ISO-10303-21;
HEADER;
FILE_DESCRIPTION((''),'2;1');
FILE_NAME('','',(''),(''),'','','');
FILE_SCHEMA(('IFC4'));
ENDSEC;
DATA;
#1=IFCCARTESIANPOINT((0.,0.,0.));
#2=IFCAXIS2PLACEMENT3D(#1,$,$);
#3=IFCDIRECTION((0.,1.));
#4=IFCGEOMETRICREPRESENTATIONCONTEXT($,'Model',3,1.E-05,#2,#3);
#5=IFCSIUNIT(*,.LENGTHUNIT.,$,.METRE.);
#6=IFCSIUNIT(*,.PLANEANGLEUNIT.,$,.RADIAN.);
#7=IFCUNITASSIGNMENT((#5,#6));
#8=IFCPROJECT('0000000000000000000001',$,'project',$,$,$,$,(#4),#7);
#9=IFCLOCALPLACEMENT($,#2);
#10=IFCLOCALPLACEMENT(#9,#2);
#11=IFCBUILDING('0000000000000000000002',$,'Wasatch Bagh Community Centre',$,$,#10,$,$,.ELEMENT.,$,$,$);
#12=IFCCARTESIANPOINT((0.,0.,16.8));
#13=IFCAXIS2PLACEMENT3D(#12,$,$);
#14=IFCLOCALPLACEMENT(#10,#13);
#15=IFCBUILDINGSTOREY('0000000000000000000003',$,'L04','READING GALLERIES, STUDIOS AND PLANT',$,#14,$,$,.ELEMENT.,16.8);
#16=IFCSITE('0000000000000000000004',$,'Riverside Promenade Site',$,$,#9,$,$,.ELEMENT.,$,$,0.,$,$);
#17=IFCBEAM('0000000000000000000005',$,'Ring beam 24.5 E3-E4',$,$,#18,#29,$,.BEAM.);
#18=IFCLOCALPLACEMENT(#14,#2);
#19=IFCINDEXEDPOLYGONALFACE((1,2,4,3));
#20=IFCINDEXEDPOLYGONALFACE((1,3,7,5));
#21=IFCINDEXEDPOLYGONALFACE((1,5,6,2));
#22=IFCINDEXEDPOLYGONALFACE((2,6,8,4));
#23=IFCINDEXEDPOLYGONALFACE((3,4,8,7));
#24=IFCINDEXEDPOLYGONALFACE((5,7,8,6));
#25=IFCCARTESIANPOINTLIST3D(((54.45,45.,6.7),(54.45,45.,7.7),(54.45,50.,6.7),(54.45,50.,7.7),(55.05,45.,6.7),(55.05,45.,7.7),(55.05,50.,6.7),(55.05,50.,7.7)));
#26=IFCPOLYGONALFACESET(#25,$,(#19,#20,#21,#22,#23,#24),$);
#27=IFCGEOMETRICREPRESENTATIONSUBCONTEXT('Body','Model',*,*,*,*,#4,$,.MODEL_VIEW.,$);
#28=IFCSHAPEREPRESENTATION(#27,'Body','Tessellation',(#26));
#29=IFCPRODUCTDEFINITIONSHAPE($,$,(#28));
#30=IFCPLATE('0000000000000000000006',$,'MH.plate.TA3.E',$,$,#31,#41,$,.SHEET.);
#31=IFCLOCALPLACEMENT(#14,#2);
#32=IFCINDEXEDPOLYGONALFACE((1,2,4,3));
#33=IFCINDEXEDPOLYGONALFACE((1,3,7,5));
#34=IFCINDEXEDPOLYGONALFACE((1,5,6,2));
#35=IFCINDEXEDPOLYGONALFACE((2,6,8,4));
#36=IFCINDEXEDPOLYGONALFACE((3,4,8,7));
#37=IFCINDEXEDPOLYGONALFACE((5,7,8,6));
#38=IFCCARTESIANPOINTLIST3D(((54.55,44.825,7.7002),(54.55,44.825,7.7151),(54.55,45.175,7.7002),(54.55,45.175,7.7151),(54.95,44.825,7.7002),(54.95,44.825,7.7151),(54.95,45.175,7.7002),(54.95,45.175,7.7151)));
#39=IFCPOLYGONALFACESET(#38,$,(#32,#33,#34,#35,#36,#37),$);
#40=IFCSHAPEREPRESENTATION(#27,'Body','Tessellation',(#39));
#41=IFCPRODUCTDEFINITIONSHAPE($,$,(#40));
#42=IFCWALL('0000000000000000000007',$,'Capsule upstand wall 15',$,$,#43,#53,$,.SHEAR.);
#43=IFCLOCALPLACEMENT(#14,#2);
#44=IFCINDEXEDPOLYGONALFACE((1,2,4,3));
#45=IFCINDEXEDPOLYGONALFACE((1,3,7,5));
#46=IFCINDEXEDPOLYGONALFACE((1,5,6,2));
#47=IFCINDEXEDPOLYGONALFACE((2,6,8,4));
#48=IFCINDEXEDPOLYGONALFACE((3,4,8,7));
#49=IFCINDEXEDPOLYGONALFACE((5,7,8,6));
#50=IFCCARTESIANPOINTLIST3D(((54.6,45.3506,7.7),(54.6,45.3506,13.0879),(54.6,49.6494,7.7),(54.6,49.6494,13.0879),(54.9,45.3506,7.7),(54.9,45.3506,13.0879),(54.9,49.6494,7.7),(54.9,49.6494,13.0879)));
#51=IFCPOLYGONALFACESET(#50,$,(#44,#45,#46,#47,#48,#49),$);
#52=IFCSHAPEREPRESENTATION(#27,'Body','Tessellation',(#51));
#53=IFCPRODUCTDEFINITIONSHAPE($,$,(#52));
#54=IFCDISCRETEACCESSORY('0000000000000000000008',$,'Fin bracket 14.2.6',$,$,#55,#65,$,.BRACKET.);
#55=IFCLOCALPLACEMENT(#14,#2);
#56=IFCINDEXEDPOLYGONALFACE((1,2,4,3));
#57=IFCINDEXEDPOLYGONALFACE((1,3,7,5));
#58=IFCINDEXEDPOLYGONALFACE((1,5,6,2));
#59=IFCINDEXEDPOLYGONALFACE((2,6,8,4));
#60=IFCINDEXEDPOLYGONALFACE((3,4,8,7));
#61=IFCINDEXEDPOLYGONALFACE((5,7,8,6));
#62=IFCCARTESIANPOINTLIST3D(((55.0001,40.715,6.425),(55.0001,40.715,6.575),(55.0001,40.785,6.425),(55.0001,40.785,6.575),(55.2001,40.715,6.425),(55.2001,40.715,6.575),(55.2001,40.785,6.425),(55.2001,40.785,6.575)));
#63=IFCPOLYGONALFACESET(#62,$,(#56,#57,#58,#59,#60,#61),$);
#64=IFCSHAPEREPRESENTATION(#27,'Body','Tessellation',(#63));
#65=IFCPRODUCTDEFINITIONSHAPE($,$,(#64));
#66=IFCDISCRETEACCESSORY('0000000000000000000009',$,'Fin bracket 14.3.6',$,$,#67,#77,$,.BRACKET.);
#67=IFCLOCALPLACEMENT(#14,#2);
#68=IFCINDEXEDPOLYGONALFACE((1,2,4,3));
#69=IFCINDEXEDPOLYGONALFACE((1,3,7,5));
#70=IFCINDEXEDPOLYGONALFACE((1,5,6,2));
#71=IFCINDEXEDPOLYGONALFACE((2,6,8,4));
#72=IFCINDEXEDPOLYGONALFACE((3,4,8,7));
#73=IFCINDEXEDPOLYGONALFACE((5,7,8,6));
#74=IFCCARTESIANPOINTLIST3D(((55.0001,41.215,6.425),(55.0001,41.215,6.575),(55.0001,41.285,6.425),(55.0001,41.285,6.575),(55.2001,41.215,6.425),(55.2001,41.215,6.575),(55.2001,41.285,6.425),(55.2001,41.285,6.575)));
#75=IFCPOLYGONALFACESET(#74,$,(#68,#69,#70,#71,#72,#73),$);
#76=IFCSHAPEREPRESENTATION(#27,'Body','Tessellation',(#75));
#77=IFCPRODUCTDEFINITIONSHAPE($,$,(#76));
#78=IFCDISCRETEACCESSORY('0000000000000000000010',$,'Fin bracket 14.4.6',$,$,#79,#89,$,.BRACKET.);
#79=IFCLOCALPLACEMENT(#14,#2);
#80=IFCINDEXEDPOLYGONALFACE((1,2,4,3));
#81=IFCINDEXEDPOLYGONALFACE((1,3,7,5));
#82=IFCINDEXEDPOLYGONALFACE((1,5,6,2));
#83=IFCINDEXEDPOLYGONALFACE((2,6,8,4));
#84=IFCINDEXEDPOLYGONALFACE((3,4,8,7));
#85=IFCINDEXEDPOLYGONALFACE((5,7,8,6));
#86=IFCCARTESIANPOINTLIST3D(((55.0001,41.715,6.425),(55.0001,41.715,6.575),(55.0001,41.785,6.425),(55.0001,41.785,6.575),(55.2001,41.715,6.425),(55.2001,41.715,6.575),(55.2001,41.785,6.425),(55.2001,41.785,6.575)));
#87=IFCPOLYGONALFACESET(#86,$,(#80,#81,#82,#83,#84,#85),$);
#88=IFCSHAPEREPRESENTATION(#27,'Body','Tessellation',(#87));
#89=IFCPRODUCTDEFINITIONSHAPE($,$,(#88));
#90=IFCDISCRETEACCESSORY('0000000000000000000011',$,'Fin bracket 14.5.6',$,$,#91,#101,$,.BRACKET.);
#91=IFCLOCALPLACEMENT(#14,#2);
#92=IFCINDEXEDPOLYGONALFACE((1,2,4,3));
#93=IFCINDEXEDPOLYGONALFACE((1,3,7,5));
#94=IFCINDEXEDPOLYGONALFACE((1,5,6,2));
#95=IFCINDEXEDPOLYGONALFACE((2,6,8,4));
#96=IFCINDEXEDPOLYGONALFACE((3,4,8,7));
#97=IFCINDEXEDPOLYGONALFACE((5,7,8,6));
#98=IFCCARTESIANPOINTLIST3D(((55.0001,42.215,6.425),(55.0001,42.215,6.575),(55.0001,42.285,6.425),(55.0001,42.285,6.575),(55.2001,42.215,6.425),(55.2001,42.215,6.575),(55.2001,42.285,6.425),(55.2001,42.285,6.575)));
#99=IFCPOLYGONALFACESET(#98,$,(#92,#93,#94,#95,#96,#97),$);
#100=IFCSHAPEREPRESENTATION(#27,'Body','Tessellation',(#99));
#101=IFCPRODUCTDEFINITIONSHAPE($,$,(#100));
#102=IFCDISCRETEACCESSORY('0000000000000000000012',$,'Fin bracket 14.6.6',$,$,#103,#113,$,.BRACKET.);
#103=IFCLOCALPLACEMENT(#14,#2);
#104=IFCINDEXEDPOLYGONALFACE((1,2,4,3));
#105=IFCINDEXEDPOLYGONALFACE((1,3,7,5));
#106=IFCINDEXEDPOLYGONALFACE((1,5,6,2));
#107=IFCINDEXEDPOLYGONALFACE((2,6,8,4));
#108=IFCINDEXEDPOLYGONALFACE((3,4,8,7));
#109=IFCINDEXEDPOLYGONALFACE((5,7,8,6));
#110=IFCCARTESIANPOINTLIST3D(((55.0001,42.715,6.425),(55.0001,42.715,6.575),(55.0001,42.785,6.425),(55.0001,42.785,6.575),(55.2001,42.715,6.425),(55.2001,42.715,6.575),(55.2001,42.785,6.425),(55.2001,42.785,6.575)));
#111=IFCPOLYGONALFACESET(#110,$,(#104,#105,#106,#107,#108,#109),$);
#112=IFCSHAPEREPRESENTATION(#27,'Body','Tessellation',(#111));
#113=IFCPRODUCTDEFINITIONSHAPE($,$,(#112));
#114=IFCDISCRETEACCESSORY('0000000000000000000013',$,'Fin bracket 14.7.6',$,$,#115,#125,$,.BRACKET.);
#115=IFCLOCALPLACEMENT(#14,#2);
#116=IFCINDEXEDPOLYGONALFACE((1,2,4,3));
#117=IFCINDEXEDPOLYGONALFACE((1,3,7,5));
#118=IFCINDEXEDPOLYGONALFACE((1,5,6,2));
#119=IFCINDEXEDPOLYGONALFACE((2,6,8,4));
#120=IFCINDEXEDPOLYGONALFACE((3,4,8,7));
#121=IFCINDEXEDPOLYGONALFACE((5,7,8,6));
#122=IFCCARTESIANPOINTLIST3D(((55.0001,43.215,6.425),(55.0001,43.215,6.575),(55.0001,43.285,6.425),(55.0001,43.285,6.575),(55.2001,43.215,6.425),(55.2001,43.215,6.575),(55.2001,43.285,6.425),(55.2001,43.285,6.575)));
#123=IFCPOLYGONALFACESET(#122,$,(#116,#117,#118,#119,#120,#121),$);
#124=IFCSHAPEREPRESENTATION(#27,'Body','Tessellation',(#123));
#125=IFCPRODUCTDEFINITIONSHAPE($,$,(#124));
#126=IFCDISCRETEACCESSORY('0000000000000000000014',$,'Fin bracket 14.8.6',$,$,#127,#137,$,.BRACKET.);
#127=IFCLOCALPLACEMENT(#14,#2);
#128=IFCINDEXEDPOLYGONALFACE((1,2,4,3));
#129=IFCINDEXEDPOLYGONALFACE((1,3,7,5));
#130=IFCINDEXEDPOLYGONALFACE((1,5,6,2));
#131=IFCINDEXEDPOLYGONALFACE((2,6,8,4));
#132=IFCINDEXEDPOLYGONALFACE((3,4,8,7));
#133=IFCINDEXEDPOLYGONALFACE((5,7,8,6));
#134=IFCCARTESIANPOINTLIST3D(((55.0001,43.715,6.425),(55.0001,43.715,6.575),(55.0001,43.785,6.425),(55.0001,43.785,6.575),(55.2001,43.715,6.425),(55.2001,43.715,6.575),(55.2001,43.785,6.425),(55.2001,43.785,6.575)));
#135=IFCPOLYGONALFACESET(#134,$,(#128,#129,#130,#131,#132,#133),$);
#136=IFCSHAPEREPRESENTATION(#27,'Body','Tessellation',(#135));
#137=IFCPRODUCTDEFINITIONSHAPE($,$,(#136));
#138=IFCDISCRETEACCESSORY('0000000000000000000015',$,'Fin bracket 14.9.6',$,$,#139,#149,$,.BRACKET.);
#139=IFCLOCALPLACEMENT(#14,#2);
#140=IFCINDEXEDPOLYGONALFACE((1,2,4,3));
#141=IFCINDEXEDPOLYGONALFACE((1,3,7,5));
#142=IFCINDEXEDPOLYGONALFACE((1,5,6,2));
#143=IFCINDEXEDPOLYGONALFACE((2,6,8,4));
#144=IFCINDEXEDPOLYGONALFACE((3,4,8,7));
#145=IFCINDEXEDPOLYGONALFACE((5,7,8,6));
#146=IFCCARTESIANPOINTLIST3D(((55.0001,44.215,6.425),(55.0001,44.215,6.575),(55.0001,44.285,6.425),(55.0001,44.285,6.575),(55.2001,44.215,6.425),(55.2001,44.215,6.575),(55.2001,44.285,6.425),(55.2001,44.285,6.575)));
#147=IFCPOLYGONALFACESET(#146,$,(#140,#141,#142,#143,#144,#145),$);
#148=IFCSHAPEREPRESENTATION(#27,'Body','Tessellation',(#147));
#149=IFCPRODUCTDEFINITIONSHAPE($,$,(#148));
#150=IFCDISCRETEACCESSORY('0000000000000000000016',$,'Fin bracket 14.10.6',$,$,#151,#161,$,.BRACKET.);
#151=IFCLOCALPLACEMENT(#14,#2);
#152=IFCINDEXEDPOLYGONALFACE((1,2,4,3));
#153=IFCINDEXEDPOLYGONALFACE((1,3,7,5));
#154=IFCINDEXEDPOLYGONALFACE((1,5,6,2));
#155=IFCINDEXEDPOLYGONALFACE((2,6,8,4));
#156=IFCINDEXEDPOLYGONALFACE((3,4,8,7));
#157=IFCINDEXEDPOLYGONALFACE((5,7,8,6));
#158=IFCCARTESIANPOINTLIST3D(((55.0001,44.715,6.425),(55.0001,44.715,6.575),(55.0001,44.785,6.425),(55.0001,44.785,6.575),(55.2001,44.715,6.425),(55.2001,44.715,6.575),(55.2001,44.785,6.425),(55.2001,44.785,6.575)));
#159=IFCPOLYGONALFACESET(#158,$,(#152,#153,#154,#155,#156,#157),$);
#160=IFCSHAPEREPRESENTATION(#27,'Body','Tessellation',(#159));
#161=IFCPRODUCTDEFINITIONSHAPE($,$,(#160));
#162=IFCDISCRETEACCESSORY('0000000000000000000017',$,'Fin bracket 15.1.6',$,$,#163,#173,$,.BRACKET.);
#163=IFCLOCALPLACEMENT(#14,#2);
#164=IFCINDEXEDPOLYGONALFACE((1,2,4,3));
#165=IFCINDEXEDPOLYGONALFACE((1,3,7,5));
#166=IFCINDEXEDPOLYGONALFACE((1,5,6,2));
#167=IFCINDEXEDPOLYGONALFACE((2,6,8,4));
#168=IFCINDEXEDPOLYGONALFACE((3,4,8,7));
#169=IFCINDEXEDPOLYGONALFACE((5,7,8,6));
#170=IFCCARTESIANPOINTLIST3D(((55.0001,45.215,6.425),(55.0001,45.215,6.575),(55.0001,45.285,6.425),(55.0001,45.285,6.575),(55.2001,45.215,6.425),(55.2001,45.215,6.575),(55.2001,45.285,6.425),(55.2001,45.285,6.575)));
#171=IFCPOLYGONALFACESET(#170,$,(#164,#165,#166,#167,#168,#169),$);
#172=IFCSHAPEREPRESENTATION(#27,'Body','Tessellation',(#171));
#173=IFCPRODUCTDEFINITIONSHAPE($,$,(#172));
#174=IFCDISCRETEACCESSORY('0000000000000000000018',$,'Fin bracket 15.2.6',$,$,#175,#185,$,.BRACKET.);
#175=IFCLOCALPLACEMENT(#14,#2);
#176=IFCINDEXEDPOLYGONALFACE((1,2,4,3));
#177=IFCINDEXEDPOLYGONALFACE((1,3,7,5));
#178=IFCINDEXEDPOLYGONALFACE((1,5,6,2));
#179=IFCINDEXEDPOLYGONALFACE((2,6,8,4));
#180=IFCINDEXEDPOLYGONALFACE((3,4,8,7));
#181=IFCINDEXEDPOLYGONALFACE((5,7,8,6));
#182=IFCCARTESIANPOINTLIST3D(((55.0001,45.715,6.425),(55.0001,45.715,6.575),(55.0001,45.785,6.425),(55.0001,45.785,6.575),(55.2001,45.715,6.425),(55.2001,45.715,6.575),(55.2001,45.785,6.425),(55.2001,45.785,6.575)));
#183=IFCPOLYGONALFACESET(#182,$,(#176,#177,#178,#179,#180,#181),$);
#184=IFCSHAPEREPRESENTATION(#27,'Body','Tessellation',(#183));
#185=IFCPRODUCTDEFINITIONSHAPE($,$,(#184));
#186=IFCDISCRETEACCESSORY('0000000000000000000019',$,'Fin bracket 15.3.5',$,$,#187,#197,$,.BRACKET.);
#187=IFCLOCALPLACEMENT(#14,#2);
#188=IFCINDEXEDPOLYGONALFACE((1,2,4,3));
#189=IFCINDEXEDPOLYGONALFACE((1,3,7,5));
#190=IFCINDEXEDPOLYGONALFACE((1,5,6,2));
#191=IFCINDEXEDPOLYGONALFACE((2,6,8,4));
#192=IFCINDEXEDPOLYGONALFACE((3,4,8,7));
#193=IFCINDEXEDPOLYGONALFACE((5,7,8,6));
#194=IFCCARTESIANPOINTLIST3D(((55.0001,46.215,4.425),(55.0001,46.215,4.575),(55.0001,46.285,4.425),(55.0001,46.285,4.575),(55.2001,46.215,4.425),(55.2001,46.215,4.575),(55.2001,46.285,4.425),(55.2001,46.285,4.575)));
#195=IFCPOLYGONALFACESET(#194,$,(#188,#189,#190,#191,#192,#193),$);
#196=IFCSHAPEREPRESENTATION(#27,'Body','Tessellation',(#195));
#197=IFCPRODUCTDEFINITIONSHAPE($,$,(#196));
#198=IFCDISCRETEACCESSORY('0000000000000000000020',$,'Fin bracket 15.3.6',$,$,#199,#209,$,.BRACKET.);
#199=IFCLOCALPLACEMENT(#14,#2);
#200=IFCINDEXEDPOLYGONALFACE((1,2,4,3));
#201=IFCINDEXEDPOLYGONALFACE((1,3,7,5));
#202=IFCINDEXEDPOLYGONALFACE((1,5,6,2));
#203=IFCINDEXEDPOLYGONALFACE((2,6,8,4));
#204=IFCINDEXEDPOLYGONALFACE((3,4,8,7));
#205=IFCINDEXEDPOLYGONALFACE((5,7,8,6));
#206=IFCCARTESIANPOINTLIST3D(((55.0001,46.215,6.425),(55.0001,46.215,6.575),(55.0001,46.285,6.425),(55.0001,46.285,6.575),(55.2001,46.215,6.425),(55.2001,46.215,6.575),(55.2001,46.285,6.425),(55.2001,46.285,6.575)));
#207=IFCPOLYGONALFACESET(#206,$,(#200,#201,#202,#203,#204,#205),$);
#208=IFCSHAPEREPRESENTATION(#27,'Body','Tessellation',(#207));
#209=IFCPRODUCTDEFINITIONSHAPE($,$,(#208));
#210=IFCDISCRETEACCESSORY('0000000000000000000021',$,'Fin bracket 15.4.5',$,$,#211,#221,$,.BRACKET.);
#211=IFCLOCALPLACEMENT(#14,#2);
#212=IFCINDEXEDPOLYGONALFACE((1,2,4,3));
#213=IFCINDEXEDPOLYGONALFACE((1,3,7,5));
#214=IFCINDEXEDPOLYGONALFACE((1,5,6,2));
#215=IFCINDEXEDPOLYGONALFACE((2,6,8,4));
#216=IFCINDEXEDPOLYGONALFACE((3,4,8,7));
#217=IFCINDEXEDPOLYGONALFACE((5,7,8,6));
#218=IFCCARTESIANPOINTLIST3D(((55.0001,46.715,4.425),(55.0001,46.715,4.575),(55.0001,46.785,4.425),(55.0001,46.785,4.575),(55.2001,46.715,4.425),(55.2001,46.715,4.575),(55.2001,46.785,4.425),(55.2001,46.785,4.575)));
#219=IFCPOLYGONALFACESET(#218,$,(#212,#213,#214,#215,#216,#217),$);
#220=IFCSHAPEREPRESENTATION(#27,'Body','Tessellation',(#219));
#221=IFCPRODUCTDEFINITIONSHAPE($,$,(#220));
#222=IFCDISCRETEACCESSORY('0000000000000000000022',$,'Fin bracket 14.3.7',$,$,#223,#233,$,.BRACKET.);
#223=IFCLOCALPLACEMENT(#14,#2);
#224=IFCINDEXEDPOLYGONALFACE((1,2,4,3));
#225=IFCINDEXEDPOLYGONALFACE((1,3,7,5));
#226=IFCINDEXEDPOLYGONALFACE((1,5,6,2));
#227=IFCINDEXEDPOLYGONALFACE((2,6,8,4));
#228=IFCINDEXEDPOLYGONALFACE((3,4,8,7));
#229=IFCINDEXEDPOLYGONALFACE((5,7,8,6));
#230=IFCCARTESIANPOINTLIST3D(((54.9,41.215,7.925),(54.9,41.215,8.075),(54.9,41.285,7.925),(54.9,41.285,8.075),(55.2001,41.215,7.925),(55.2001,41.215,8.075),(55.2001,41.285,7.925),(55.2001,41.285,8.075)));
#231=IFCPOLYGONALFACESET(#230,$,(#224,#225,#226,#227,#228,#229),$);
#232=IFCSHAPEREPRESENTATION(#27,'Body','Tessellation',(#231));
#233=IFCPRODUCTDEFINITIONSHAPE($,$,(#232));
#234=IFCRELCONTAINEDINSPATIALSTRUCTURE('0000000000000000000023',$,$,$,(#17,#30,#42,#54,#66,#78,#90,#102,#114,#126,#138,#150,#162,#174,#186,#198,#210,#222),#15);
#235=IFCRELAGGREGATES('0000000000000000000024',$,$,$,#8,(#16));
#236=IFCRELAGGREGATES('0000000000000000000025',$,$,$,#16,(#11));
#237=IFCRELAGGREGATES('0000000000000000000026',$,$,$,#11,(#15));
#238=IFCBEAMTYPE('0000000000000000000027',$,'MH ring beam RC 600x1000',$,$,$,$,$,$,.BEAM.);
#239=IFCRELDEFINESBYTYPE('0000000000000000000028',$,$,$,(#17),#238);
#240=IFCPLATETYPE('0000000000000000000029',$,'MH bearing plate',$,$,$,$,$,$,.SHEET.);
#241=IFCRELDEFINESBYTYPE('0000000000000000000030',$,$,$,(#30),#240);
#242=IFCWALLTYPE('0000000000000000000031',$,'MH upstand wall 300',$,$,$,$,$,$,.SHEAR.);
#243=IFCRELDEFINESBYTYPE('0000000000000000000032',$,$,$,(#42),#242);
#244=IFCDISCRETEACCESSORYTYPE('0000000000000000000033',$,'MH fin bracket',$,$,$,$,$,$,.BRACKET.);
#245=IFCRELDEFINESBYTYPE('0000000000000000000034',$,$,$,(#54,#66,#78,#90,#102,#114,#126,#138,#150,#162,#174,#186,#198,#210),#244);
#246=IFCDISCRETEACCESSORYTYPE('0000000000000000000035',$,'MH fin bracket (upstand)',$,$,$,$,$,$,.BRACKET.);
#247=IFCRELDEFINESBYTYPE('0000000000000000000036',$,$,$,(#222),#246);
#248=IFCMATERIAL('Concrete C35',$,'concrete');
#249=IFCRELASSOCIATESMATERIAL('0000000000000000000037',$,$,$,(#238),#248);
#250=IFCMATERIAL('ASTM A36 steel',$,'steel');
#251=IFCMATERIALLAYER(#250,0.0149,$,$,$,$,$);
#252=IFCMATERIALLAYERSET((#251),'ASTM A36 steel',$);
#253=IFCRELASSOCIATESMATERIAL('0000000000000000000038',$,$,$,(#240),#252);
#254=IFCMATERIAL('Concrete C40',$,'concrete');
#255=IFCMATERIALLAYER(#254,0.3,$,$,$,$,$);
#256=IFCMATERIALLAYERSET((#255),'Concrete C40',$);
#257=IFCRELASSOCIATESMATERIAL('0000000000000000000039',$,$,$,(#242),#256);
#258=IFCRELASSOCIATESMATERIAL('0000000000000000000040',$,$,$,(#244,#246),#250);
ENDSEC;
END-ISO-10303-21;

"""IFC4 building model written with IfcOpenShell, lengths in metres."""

from ifc_helpers import new_model, si_unit, direction, frame, frame_2d, origin, origin_2d, place, context, subcontext, project, spatial, rectangle, extrude, material, layer, layer_set, material_profile, profile_set, type_object, element, save


model = new_model("IFC4")

# Units and contexts
model_context = context("Model", 3, precision=1e-05, world=origin(), true_north=direction((0.0, 1.0)))
body_context = subcontext(model_context, "Body", "Model", "MODEL_VIEW")
ifc_project = project(units=[si_unit("LENGTHUNIT", "METRE"), si_unit("PLANEANGLEUNIT", "RADIAN")], contexts=[model_context])

# Site, building, storey
site_placement = place(None, origin())
site = spatial("IfcSite", under=ifc_project, at=site_placement, Name="Riverside Promenade Site", CompositionType="ELEMENT", RefElevation=0.0)
building_placement = place(site_placement, origin())
building = spatial("IfcBuilding", under=site, at=building_placement, Name="Wasatch Bagh Community Centre", CompositionType="ELEMENT")
storey_placement = place(building_placement, frame((0.0, 0.0, 16.8)))
storey = spatial("IfcBuildingStorey", under=building, at=storey_placement, Name="L04", Description="READING GALLERIES, STUDIOS AND PLANT", CompositionType="ELEMENT", Elevation=16.8)

# Beam
ifc_material_1 = material(Name="Concrete C35", Category="concrete")
ifc_material_profile = material_profile(ifc_material_1, rectangle(XDim=0.6001, YDim=1.0, at=origin_2d()), Name="RC 600x1000")
ifc_profile_set = profile_set([ifc_material_profile], Name="Concrete C35")
beam_type = type_object("IfcBeamType", Name="MH ring beam RC 600x1000", PredefinedType="BEAM", material=ifc_profile_set)
beam_placement = place(storey_placement, frame((54.75, 45.0, 7.2), z_axis=(0.0, 1.0, 0.0), x_axis=(-1.0, 0.0, 0.0)))
element("IfcBeam", 1, at=beam_placement, inside=storey, type_object=beam_type, Name="Ring beam 24.5 E3-E4", PredefinedType="BEAM", context=body_context, shape_type="SweptSolid", body=[
    extrude(rectangle(XDim=0.6001, YDim=1.0, at=origin_2d()), origin(), (0.0, 0.0, 1.0), 5.0),
])

# Plate
ifc_material_2 = material(Name="ASTM A36 steel", Category="steel")
ifc_layer_1 = layer(ifc_material_2, 0.0149)
ifc_layer_set_1 = layer_set([ifc_layer_1], Name="ASTM A36 steel")
plate_type = type_object("IfcPlateType", Name="MH bearing plate", PredefinedType="SHEET", material=ifc_layer_set_1)
plate_placement = place(storey_placement, frame((54.75, 45.0, 7.7002), z_axis=(0.0, 0.0, 1.0), x_axis=(1.0, 0.0, 0.0)))
element("IfcPlate", 2, at=plate_placement, inside=storey, type_object=plate_type, Name="MH.plate.TA3.E", PredefinedType="SHEET", context=body_context, shape_type="SweptSolid", body=[
    extrude(rectangle(XDim=0.3999, YDim=0.3501, at=origin_2d()), origin(), (0.0, 0.0, 1.0), 0.0149),
])

# Wall
ifc_material_3 = material(Name="Concrete C40", Category="concrete")
ifc_layer_2 = layer(ifc_material_3, 0.3)
ifc_layer_set_2 = layer_set([ifc_layer_2], Name="Concrete C40")
wall_type = type_object("IfcWallType", Name="MH upstand wall 300", PredefinedType="SHEAR", material=ifc_layer_set_2)
wall_placement = place(storey_placement, frame((54.75, 45.3506, 7.7), z_axis=(0.0, 0.0, 1.0), x_axis=(0.0, 1.0, 0.0)))
element("IfcWall", 3, at=wall_placement, inside=storey, type_object=wall_type, Name="Capsule upstand wall 15", PredefinedType="SHEAR", context=body_context, shape_type="SweptSolid", body=[
    extrude(rectangle(XDim=4.2988, YDim=0.3, at=frame_2d((2.1494, 0.0))), origin(), (0.0, 0.0, 1.0), 5.3879),
])

# Discrete accessories
discrete_accessory_type_1 = type_object("IfcDiscreteAccessoryType", Name="MH fin bracket", PredefinedType="BRACKET", material=ifc_material_2)
for number, where, z_axis, x_axis, name in (
    (4, (55.1001, 40.75, 6.425), (0.0, 0.0, 1.0), (0.0, 1.0, 0.0), "Fin bracket 14.2.6"),
    (5, (55.1001, 41.25, 6.425), (0.0, 0.0, 1.0), (0.0, 1.0, 0.0), "Fin bracket 14.3.6"),
    (6, (55.1001, 41.75, 6.425), (0.0, 0.0, 1.0), (0.0, 1.0, 0.0), "Fin bracket 14.4.6"),
    (7, (55.1001, 42.25, 6.425), (0.0, 0.0, 1.0), (0.0, 1.0, 0.0), "Fin bracket 14.5.6"),
    (8, (55.1001, 42.75, 6.425), (0.0, 0.0, 1.0), (0.0, 1.0, 0.0), "Fin bracket 14.6.6"),
    (9, (55.1001, 43.25, 6.425), (0.0, 0.0, 1.0), (0.0, 1.0, 0.0), "Fin bracket 14.7.6"),
    (10, (55.1001, 43.75, 6.425), (0.0, 0.0, 1.0), (0.0, 1.0, 0.0), "Fin bracket 14.8.6"),
    (11, (55.1001, 44.25, 6.425), (0.0, 0.0, 1.0), (0.0, 1.0, 0.0), "Fin bracket 14.9.6"),
    (12, (55.1001, 44.75, 6.425), (0.0, 0.0, 1.0), (0.0, 1.0, 0.0), "Fin bracket 14.10.6"),
    (13, (55.1001, 45.25, 6.425), (0.0, 0.0, 1.0), (0.0, 1.0, 0.0), "Fin bracket 15.1.6"),
    (14, (55.1001, 45.75, 6.425), (0.0, 0.0, 1.0), (0.0, 1.0, 0.0), "Fin bracket 15.2.6"),
    (15, (55.1001, 46.25, 4.425), (0.0, 0.0, 1.0), (0.0, 1.0, 0.0), "Fin bracket 15.3.5"),
    (16, (55.1001, 46.25, 6.425), (0.0, 0.0, 1.0), (0.0, 1.0, 0.0), "Fin bracket 15.3.6"),
    (17, (55.1001, 46.75, 4.425), (0.0, 0.0, 1.0), (0.0, 1.0, 0.0), "Fin bracket 15.4.5"),
):
    element("IfcDiscreteAccessory", number, at=place(storey_placement, frame(where, z_axis=z_axis, x_axis=x_axis)), inside=storey, type_object=discrete_accessory_type_1, Name=name, PredefinedType="BRACKET", context=body_context, shape_type="SweptSolid", body=[
        extrude(rectangle(XDim=0.0701, YDim=0.2, at=origin_2d()), origin(), (0.0, 0.0, 1.0), 0.1499),
    ])
discrete_accessory_type_2 = type_object("IfcDiscreteAccessoryType", Name="MH fin bracket (upstand)", PredefinedType="BRACKET", material=ifc_material_2)
for number, where, z_axis, x_axis, name in (
    (18, (55.05, 41.25, 7.925), (0.0, 0.0, 1.0), (0.0, 1.0, 0.0), "Fin bracket 14.3.7"),
):
    element("IfcDiscreteAccessory", number, at=place(storey_placement, frame(where, z_axis=z_axis, x_axis=x_axis)), inside=storey, type_object=discrete_accessory_type_2, Name=name, PredefinedType="BRACKET", context=body_context, shape_type="SweptSolid", body=[
        extrude(rectangle(XDim=0.0701, YDim=0.3, at=origin_2d()), origin(), (0.0, 0.0, 1.0), 0.1499),
    ])

save(model, "model.ifc")
